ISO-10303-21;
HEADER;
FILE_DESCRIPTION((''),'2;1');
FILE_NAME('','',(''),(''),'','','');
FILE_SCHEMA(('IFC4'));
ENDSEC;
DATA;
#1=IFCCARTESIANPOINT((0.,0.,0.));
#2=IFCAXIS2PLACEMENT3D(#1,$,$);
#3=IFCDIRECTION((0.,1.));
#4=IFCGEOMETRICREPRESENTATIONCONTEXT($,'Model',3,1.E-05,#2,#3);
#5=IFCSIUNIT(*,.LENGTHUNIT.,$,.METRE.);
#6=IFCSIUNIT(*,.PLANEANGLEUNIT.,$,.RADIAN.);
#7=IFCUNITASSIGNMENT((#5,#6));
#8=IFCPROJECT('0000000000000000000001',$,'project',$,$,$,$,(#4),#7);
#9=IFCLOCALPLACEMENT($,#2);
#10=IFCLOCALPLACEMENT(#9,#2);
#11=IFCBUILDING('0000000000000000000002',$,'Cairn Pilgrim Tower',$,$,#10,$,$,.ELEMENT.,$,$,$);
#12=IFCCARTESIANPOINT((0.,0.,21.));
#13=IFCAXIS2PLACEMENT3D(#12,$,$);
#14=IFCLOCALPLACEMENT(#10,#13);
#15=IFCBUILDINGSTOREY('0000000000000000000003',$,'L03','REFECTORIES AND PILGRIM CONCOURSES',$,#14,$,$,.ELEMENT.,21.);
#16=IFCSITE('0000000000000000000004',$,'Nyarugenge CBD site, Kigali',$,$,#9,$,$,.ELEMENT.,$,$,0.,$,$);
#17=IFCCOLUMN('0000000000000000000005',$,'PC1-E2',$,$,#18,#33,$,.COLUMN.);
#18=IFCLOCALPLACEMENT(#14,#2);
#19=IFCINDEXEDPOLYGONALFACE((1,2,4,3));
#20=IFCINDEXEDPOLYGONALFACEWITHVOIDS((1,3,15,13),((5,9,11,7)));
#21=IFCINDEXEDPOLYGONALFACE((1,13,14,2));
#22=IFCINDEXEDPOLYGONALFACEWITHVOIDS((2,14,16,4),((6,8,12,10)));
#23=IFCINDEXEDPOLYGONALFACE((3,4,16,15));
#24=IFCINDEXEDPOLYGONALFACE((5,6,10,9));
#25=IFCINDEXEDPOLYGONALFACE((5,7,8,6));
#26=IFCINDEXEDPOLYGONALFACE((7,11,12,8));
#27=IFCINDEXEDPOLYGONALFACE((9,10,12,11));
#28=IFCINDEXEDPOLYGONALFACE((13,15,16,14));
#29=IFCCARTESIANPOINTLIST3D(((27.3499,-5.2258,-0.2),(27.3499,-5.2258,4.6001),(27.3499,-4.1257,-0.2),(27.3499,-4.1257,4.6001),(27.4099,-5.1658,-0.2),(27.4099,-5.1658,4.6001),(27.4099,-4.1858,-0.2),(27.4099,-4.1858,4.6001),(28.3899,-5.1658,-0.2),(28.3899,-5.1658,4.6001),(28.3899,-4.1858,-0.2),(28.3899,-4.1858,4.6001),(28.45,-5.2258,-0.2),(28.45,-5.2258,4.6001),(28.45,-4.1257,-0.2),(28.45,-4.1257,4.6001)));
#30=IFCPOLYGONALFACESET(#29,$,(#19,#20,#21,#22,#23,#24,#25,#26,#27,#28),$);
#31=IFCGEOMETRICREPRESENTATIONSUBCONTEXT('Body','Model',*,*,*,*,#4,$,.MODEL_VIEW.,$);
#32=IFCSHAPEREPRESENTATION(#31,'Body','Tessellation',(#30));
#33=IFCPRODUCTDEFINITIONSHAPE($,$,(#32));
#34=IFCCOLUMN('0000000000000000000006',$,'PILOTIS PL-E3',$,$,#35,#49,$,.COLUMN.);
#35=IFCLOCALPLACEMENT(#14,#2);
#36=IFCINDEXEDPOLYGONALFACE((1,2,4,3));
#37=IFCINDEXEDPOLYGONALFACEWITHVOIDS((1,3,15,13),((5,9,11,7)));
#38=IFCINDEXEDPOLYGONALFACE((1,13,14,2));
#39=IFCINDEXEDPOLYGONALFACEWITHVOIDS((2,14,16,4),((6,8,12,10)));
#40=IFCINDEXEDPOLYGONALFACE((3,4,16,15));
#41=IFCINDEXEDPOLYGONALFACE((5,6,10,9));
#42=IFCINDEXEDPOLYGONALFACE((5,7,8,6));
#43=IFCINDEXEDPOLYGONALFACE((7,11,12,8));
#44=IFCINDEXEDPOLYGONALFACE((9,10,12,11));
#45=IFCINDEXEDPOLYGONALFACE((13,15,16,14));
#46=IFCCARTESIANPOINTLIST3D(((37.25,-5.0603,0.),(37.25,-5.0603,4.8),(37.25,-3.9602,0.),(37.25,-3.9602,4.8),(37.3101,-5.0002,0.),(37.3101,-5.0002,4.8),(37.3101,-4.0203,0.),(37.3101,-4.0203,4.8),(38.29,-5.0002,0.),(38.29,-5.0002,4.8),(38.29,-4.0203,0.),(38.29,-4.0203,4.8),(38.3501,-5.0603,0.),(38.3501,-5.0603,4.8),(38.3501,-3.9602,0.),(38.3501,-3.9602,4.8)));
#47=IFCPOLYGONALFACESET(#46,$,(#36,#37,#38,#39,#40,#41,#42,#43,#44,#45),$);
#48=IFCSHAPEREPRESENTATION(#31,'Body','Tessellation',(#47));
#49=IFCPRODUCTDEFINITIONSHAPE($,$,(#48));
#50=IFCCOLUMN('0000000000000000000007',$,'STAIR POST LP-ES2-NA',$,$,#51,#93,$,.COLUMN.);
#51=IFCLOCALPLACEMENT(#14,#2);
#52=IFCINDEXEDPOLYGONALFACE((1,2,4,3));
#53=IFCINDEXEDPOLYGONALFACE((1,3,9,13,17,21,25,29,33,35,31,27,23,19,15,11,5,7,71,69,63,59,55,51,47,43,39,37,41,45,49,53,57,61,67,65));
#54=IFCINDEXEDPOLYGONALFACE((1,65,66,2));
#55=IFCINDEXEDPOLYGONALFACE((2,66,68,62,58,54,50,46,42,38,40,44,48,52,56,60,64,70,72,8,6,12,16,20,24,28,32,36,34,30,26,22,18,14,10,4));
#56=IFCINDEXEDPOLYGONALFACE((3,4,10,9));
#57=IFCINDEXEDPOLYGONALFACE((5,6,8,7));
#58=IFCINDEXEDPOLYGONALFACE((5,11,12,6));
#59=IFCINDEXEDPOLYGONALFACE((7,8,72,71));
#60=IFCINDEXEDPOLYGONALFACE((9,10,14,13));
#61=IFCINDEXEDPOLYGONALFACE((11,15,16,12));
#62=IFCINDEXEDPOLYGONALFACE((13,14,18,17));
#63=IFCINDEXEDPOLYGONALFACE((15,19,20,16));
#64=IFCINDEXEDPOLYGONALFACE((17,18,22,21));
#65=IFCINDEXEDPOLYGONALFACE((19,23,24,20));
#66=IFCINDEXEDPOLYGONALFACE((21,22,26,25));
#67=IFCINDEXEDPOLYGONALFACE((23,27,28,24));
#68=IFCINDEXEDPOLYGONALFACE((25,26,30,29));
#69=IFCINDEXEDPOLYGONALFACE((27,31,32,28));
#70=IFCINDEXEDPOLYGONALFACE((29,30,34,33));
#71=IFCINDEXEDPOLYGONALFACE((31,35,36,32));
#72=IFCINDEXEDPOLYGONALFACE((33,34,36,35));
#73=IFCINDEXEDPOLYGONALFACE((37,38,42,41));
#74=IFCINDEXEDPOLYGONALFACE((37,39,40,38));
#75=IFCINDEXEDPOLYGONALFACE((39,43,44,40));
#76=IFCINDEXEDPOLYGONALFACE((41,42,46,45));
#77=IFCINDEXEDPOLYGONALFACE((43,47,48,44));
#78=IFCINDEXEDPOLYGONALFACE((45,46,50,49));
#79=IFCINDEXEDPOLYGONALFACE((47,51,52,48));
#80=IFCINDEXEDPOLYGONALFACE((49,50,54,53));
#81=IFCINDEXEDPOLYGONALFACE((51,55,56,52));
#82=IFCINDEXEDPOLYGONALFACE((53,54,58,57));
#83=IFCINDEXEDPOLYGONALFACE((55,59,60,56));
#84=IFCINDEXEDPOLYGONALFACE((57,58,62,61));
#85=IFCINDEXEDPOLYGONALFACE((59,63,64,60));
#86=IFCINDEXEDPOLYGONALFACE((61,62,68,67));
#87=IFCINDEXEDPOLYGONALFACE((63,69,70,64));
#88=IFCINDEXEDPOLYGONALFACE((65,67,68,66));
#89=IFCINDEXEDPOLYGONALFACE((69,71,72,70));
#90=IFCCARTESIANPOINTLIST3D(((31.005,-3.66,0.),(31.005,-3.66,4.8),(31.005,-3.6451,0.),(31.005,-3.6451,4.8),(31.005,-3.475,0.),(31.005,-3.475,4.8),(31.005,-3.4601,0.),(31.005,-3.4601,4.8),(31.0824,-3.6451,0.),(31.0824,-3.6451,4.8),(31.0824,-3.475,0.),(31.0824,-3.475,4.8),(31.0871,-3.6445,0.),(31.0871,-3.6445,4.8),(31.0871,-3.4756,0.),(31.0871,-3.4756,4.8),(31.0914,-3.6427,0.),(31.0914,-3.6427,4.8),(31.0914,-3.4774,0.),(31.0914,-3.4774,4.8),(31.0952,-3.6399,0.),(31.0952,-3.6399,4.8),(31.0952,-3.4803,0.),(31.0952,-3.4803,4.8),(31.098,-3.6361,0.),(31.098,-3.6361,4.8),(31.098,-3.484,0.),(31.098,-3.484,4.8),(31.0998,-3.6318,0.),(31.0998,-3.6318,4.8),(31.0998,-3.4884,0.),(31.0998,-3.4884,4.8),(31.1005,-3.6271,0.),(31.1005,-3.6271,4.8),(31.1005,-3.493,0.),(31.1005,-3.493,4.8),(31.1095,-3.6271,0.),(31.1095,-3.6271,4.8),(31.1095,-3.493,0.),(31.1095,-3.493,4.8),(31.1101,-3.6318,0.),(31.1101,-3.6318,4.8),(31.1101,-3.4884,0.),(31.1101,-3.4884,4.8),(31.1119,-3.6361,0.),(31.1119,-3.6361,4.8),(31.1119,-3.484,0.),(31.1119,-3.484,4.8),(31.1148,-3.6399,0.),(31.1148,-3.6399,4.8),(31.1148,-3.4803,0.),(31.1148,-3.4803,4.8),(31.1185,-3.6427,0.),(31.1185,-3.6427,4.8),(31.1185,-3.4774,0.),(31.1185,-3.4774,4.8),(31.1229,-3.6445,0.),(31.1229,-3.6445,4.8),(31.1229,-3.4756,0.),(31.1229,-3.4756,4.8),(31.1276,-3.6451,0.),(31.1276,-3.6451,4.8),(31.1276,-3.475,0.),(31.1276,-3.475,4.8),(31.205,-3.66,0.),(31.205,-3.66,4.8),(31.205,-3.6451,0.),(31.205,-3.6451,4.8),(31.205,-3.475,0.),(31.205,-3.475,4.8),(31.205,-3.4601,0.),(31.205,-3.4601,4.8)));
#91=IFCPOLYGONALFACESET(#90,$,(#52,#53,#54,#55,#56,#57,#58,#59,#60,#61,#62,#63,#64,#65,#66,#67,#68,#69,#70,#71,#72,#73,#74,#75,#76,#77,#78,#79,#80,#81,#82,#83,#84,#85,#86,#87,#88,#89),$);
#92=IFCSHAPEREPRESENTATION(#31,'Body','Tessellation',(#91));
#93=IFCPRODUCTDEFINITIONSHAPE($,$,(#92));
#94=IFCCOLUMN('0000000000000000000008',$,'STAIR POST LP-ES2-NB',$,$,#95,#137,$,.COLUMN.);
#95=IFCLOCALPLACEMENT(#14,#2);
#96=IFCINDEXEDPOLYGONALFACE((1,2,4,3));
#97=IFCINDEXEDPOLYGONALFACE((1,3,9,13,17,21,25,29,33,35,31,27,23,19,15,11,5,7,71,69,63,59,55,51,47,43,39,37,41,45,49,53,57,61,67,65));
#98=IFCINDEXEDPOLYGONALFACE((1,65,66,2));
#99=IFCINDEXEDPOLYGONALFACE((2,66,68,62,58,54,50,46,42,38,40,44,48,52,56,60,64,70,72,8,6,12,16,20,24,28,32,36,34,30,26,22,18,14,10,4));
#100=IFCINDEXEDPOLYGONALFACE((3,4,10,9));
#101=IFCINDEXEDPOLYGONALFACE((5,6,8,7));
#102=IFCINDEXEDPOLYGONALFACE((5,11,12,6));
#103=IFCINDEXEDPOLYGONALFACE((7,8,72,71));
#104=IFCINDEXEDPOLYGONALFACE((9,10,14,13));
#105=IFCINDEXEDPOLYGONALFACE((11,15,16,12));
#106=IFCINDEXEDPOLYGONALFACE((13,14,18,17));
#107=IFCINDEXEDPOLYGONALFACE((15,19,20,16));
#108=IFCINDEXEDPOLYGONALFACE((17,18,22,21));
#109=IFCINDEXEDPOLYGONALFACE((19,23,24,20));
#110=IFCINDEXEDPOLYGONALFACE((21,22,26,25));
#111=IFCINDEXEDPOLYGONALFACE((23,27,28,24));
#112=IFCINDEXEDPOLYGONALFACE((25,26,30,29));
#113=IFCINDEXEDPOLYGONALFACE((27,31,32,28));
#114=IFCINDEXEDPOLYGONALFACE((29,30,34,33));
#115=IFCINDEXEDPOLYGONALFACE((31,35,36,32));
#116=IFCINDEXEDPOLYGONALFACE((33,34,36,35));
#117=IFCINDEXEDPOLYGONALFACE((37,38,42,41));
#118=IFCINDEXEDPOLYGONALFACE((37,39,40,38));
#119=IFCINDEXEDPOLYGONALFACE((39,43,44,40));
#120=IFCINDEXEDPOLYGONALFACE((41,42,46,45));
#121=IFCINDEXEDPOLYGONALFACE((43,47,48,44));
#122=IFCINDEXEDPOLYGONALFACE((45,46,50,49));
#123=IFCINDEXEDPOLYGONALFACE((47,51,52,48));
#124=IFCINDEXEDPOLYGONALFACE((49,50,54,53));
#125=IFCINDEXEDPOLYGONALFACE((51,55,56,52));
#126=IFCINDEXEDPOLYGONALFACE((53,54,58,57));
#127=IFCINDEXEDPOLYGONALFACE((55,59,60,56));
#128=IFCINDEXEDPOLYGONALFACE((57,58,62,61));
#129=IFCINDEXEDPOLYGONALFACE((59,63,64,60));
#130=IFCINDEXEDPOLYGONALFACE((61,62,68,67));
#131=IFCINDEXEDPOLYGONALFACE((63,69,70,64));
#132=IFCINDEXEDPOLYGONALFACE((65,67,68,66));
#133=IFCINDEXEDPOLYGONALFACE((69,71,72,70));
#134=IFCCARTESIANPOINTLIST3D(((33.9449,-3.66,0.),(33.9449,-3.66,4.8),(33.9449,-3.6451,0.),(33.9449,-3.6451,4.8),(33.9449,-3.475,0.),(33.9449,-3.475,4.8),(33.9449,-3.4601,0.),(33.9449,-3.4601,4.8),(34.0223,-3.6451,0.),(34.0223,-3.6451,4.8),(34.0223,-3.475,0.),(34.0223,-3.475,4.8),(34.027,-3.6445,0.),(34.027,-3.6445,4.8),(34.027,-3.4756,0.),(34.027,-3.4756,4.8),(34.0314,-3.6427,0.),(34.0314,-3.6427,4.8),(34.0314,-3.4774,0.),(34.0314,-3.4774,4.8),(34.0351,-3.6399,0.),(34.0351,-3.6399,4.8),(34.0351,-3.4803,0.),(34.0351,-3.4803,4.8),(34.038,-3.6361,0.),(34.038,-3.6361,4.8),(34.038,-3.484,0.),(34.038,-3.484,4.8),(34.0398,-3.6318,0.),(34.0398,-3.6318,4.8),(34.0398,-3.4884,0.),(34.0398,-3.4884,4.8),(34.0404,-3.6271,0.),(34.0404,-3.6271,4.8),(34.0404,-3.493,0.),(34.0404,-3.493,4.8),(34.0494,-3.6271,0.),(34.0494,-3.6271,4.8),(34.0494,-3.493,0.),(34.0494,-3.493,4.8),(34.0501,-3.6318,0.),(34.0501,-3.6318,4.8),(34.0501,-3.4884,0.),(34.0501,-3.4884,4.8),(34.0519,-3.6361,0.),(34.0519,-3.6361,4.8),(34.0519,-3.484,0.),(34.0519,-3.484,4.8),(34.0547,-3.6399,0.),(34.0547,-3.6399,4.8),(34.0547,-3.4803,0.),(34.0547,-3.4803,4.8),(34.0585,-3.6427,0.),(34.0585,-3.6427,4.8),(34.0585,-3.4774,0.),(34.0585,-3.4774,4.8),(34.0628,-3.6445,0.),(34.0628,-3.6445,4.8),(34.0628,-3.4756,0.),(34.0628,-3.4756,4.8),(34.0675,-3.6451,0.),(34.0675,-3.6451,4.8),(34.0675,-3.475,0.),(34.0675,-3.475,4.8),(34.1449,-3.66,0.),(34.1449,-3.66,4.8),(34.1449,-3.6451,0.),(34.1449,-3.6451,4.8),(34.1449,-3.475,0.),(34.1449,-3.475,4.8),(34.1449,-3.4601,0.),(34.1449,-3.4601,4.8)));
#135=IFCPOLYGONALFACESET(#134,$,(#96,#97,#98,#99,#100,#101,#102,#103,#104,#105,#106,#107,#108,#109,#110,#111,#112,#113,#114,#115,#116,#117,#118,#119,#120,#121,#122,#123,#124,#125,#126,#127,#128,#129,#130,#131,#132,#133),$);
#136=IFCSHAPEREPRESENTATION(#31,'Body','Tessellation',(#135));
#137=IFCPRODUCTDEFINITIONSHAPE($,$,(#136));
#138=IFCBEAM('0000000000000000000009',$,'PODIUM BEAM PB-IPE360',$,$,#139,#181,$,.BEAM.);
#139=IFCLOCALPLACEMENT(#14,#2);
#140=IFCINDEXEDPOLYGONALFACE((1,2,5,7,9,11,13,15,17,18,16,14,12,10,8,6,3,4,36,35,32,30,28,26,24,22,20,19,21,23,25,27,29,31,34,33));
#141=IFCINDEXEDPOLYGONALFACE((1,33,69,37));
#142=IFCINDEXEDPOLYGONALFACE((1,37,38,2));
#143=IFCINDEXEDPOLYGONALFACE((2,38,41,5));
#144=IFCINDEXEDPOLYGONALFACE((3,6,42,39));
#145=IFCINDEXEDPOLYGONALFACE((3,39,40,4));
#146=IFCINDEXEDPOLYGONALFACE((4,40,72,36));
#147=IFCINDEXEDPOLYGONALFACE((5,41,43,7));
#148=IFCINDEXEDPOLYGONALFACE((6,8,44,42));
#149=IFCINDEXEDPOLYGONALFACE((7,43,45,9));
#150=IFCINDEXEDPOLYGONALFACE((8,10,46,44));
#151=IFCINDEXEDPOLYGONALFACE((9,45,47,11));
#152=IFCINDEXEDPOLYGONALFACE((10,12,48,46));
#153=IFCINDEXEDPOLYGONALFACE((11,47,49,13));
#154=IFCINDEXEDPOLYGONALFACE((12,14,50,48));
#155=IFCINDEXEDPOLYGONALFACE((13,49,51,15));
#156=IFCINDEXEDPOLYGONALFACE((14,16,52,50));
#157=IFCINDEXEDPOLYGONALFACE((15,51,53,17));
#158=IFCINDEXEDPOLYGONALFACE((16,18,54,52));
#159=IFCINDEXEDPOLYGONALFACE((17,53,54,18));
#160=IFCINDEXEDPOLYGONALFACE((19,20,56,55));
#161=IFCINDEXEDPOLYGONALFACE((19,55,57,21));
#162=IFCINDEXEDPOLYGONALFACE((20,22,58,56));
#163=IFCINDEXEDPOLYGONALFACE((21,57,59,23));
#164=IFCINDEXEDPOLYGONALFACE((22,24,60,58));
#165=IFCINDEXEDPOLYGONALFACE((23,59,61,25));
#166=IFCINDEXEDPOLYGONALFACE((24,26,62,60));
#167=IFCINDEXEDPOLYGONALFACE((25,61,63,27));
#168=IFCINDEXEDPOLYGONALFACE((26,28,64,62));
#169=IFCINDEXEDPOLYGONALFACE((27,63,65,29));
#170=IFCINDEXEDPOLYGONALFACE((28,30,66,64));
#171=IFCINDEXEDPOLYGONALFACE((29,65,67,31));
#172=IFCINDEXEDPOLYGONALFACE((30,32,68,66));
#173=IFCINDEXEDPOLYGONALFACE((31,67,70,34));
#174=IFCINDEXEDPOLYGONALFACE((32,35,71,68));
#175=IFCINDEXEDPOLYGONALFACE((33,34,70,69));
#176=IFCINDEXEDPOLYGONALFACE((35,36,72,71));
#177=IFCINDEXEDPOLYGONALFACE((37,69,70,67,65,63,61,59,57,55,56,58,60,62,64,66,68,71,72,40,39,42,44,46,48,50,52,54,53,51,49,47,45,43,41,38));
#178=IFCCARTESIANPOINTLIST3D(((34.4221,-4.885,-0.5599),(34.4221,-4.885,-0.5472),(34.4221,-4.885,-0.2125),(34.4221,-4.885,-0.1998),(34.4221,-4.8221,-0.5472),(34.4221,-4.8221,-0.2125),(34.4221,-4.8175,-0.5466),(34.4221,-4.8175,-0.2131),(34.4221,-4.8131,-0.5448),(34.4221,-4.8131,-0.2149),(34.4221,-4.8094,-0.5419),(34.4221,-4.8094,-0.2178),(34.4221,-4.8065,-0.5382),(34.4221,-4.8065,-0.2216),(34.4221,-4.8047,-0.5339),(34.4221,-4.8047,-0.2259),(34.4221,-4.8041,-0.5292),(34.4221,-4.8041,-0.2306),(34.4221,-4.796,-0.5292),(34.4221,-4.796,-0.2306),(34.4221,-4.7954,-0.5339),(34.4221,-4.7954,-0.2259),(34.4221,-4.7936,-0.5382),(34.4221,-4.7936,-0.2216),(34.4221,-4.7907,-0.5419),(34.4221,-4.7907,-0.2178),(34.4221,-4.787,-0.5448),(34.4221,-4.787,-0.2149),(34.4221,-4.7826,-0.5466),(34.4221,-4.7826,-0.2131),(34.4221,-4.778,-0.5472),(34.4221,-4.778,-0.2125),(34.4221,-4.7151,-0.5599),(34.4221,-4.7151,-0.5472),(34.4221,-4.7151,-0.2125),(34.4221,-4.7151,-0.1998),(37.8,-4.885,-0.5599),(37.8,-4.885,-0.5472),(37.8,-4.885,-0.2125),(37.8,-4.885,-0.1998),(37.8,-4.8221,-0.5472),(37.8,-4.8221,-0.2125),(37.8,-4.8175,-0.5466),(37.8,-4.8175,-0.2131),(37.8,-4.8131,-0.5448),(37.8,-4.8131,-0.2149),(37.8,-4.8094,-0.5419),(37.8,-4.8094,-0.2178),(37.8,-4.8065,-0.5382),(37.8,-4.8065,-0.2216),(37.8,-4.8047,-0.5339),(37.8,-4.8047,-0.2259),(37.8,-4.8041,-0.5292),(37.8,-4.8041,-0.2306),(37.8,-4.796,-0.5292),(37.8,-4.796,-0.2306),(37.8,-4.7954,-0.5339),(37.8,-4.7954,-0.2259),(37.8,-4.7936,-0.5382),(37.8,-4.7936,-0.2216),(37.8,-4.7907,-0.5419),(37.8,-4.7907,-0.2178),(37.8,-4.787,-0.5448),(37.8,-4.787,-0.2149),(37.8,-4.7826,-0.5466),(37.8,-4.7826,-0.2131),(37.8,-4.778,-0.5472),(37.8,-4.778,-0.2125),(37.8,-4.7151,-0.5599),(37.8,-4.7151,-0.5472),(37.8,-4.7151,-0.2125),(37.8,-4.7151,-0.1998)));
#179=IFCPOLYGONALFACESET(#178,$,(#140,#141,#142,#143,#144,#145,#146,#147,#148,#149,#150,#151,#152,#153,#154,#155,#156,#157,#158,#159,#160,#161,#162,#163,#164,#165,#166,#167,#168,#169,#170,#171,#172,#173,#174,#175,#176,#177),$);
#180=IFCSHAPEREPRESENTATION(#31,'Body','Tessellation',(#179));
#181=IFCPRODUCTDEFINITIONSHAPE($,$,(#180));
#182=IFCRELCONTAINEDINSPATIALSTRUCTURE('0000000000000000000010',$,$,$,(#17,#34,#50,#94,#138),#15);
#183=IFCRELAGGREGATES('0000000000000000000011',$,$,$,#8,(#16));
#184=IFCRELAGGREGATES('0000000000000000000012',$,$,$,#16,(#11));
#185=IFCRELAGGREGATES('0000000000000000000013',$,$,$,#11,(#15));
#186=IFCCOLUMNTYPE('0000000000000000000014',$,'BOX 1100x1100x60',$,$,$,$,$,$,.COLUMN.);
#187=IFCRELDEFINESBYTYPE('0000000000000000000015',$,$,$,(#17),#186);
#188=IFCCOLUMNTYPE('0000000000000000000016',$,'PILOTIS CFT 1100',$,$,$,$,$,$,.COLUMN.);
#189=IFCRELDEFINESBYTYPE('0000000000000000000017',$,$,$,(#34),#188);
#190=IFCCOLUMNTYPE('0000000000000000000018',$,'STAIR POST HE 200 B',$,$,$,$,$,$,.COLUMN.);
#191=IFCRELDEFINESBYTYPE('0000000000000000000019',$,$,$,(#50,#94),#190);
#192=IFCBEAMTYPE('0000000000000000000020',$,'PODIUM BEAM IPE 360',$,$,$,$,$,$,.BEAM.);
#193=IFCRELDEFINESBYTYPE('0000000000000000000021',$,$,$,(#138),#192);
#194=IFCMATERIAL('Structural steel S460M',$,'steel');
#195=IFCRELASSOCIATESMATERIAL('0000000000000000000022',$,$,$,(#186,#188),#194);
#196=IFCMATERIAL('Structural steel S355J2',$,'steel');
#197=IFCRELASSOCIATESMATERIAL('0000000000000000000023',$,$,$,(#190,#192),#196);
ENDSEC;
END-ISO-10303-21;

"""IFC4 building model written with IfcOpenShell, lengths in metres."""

from ifc_helpers import new_model, si_unit, direction, frame, origin, origin_2d, place, context, subcontext, project, spatial, hollow_rectangle, i_section, extrude, material, material_profile, profile_set, type_object, element, save


model = new_model("IFC4")

# Units and contexts
model_context = context("Model", 3, precision=1e-05, world=origin(), true_north=direction((0.0, 1.0)))
body_context = subcontext(model_context, "Body", "Model", "MODEL_VIEW")
ifc_project = project(units=[si_unit("LENGTHUNIT", "METRE"), si_unit("PLANEANGLEUNIT", "RADIAN")], contexts=[model_context])

# Site, building, storey
site_placement = place(None, origin())
site = spatial("IfcSite", under=ifc_project, at=site_placement, Name="Nyarugenge CBD site, Kigali", CompositionType="ELEMENT", RefElevation=0.0)
building_placement = place(site_placement, origin())
building = spatial("IfcBuilding", under=site, at=building_placement, Name="Cairn Pilgrim Tower", CompositionType="ELEMENT")
storey_placement = place(building_placement, frame((0.0, 0.0, 21.0)))
storey = spatial("IfcBuildingStorey", under=building, at=storey_placement, Name="L03", Description="REFECTORIES AND PILGRIM CONCOURSES", CompositionType="ELEMENT", Elevation=21.0)

# Columns
ifc_material_1 = material(Name="Structural steel S460M", Category="steel")
ifc_material_profile_1 = material_profile(ifc_material_1, hollow_rectangle(XDim=1.1001, YDim=1.1001, WallThickness=0.0601, at=origin_2d()), Name="BOX 1100x1100x60")
ifc_profile_set_1 = profile_set([ifc_material_profile_1], Name="Structural steel S460M")
column_type_1 = type_object("IfcColumnType", Name="BOX 1100x1100x60", PredefinedType="COLUMN", material=ifc_profile_set_1)
column_1_placement = place(storey_placement, frame((27.8999, -4.6758, -0.2), z_axis=(0.0, 0.0, 1.0), x_axis=(1.0, 0.0, 0.0)))
element("IfcColumn", 1, at=column_1_placement, inside=storey, type_object=column_type_1, Name="PC1-E2", PredefinedType="COLUMN", context=body_context, shape_type="SweptSolid", body=[
    extrude(hollow_rectangle(XDim=1.1001, YDim=1.1001, WallThickness=0.0601, at=origin_2d()), origin(), (0.0, 0.0, 1.0), 4.8),
])
ifc_material_profile_2 = material_profile(ifc_material_1, hollow_rectangle(XDim=1.1001, YDim=1.1001, WallThickness=0.0601, at=origin_2d()), Name="BOX 1100x1100x60")
ifc_profile_set_2 = profile_set([ifc_material_profile_2], Name="Structural steel S460M")
column_type_2 = type_object("IfcColumnType", Name="PILOTIS CFT 1100", PredefinedType="COLUMN", material=ifc_profile_set_2)
column_2_placement = place(storey_placement, frame((37.8, -4.5103, 0.0), z_axis=(0.0, 0.0, 1.0), x_axis=(1.0, 0.0, 0.0)))
element("IfcColumn", 2, at=column_2_placement, inside=storey, type_object=column_type_2, Name="PILOTIS PL-E3", PredefinedType="COLUMN", context=body_context, shape_type="SweptSolid", body=[
    extrude(hollow_rectangle(XDim=1.1001, YDim=1.1001, WallThickness=0.0601, at=origin_2d()), origin(), (0.0, 0.0, 1.0), 4.8),
])
ifc_material_2 = material(Name="Structural steel S355J2", Category="steel")
ifc_material_profile_3 = material_profile(ifc_material_2, i_section(OverallWidth=0.2, OverallDepth=0.2, WebThickness=0.009, FlangeThickness=0.0149, FilletRadius=0.0181, at=origin_2d()), Name="HE 200 B")
ifc_profile_set_3 = profile_set([ifc_material_profile_3], Name="Structural steel S355J2")
column_type_3 = type_object("IfcColumnType", Name="STAIR POST HE 200 B", PredefinedType="COLUMN", material=ifc_profile_set_3)
for number, where, z_axis, x_axis, name in (
    (3, (31.105, -3.5601, 0.0), (0.0, 0.0, 1.0), (1.0, 0.0, 0.0), "STAIR POST LP-ES2-NA"),
    (4, (34.0449, -3.5601, 0.0), (0.0, 0.0, 1.0), (1.0, 0.0, 0.0), "STAIR POST LP-ES2-NB"),
):
    element("IfcColumn", number, at=place(storey_placement, frame(where, z_axis=z_axis, x_axis=x_axis)), inside=storey, type_object=column_type_3, Name=name, PredefinedType="COLUMN", context=body_context, shape_type="SweptSolid", body=[
        extrude(i_section(OverallWidth=0.2, OverallDepth=0.2, WebThickness=0.009, FlangeThickness=0.0149, FilletRadius=0.0181, at=origin_2d()), origin(), (0.0, 0.0, 1.0), 4.8),
    ])

# Beam
ifc_material_profile_4 = material_profile(ifc_material_2, i_section(OverallWidth=0.1699, OverallDepth=0.3601, WebThickness=0.0081, FlangeThickness=0.0127, FilletRadius=0.0181, at=origin_2d()), Name="IPE 360")
ifc_profile_set_4 = profile_set([ifc_material_profile_4], Name="Structural steel S355J2")
beam_type_1 = type_object("IfcBeamType", Name="PODIUM BEAM IPE 360", PredefinedType="BEAM", material=ifc_profile_set_4)
beam_1_placement = place(storey_placement, frame((34.4221, -4.8, -0.3799), z_axis=(1.0, 0.0, 0.0), x_axis=(0.0, 1.0, 0.0)))
element("IfcBeam", 5, at=beam_1_placement, inside=storey, type_object=beam_type_1, Name="PODIUM BEAM PB-IPE360", PredefinedType="BEAM", context=body_context, shape_type="SweptSolid", body=[
    extrude(i_section(OverallWidth=0.1699, OverallDepth=0.3601, WebThickness=0.0081, FlangeThickness=0.0127, FilletRadius=0.0181, at=origin_2d()), origin(), (0.0, 0.0, 1.0), 3.3779),
])

save(model, "model.ifc")
